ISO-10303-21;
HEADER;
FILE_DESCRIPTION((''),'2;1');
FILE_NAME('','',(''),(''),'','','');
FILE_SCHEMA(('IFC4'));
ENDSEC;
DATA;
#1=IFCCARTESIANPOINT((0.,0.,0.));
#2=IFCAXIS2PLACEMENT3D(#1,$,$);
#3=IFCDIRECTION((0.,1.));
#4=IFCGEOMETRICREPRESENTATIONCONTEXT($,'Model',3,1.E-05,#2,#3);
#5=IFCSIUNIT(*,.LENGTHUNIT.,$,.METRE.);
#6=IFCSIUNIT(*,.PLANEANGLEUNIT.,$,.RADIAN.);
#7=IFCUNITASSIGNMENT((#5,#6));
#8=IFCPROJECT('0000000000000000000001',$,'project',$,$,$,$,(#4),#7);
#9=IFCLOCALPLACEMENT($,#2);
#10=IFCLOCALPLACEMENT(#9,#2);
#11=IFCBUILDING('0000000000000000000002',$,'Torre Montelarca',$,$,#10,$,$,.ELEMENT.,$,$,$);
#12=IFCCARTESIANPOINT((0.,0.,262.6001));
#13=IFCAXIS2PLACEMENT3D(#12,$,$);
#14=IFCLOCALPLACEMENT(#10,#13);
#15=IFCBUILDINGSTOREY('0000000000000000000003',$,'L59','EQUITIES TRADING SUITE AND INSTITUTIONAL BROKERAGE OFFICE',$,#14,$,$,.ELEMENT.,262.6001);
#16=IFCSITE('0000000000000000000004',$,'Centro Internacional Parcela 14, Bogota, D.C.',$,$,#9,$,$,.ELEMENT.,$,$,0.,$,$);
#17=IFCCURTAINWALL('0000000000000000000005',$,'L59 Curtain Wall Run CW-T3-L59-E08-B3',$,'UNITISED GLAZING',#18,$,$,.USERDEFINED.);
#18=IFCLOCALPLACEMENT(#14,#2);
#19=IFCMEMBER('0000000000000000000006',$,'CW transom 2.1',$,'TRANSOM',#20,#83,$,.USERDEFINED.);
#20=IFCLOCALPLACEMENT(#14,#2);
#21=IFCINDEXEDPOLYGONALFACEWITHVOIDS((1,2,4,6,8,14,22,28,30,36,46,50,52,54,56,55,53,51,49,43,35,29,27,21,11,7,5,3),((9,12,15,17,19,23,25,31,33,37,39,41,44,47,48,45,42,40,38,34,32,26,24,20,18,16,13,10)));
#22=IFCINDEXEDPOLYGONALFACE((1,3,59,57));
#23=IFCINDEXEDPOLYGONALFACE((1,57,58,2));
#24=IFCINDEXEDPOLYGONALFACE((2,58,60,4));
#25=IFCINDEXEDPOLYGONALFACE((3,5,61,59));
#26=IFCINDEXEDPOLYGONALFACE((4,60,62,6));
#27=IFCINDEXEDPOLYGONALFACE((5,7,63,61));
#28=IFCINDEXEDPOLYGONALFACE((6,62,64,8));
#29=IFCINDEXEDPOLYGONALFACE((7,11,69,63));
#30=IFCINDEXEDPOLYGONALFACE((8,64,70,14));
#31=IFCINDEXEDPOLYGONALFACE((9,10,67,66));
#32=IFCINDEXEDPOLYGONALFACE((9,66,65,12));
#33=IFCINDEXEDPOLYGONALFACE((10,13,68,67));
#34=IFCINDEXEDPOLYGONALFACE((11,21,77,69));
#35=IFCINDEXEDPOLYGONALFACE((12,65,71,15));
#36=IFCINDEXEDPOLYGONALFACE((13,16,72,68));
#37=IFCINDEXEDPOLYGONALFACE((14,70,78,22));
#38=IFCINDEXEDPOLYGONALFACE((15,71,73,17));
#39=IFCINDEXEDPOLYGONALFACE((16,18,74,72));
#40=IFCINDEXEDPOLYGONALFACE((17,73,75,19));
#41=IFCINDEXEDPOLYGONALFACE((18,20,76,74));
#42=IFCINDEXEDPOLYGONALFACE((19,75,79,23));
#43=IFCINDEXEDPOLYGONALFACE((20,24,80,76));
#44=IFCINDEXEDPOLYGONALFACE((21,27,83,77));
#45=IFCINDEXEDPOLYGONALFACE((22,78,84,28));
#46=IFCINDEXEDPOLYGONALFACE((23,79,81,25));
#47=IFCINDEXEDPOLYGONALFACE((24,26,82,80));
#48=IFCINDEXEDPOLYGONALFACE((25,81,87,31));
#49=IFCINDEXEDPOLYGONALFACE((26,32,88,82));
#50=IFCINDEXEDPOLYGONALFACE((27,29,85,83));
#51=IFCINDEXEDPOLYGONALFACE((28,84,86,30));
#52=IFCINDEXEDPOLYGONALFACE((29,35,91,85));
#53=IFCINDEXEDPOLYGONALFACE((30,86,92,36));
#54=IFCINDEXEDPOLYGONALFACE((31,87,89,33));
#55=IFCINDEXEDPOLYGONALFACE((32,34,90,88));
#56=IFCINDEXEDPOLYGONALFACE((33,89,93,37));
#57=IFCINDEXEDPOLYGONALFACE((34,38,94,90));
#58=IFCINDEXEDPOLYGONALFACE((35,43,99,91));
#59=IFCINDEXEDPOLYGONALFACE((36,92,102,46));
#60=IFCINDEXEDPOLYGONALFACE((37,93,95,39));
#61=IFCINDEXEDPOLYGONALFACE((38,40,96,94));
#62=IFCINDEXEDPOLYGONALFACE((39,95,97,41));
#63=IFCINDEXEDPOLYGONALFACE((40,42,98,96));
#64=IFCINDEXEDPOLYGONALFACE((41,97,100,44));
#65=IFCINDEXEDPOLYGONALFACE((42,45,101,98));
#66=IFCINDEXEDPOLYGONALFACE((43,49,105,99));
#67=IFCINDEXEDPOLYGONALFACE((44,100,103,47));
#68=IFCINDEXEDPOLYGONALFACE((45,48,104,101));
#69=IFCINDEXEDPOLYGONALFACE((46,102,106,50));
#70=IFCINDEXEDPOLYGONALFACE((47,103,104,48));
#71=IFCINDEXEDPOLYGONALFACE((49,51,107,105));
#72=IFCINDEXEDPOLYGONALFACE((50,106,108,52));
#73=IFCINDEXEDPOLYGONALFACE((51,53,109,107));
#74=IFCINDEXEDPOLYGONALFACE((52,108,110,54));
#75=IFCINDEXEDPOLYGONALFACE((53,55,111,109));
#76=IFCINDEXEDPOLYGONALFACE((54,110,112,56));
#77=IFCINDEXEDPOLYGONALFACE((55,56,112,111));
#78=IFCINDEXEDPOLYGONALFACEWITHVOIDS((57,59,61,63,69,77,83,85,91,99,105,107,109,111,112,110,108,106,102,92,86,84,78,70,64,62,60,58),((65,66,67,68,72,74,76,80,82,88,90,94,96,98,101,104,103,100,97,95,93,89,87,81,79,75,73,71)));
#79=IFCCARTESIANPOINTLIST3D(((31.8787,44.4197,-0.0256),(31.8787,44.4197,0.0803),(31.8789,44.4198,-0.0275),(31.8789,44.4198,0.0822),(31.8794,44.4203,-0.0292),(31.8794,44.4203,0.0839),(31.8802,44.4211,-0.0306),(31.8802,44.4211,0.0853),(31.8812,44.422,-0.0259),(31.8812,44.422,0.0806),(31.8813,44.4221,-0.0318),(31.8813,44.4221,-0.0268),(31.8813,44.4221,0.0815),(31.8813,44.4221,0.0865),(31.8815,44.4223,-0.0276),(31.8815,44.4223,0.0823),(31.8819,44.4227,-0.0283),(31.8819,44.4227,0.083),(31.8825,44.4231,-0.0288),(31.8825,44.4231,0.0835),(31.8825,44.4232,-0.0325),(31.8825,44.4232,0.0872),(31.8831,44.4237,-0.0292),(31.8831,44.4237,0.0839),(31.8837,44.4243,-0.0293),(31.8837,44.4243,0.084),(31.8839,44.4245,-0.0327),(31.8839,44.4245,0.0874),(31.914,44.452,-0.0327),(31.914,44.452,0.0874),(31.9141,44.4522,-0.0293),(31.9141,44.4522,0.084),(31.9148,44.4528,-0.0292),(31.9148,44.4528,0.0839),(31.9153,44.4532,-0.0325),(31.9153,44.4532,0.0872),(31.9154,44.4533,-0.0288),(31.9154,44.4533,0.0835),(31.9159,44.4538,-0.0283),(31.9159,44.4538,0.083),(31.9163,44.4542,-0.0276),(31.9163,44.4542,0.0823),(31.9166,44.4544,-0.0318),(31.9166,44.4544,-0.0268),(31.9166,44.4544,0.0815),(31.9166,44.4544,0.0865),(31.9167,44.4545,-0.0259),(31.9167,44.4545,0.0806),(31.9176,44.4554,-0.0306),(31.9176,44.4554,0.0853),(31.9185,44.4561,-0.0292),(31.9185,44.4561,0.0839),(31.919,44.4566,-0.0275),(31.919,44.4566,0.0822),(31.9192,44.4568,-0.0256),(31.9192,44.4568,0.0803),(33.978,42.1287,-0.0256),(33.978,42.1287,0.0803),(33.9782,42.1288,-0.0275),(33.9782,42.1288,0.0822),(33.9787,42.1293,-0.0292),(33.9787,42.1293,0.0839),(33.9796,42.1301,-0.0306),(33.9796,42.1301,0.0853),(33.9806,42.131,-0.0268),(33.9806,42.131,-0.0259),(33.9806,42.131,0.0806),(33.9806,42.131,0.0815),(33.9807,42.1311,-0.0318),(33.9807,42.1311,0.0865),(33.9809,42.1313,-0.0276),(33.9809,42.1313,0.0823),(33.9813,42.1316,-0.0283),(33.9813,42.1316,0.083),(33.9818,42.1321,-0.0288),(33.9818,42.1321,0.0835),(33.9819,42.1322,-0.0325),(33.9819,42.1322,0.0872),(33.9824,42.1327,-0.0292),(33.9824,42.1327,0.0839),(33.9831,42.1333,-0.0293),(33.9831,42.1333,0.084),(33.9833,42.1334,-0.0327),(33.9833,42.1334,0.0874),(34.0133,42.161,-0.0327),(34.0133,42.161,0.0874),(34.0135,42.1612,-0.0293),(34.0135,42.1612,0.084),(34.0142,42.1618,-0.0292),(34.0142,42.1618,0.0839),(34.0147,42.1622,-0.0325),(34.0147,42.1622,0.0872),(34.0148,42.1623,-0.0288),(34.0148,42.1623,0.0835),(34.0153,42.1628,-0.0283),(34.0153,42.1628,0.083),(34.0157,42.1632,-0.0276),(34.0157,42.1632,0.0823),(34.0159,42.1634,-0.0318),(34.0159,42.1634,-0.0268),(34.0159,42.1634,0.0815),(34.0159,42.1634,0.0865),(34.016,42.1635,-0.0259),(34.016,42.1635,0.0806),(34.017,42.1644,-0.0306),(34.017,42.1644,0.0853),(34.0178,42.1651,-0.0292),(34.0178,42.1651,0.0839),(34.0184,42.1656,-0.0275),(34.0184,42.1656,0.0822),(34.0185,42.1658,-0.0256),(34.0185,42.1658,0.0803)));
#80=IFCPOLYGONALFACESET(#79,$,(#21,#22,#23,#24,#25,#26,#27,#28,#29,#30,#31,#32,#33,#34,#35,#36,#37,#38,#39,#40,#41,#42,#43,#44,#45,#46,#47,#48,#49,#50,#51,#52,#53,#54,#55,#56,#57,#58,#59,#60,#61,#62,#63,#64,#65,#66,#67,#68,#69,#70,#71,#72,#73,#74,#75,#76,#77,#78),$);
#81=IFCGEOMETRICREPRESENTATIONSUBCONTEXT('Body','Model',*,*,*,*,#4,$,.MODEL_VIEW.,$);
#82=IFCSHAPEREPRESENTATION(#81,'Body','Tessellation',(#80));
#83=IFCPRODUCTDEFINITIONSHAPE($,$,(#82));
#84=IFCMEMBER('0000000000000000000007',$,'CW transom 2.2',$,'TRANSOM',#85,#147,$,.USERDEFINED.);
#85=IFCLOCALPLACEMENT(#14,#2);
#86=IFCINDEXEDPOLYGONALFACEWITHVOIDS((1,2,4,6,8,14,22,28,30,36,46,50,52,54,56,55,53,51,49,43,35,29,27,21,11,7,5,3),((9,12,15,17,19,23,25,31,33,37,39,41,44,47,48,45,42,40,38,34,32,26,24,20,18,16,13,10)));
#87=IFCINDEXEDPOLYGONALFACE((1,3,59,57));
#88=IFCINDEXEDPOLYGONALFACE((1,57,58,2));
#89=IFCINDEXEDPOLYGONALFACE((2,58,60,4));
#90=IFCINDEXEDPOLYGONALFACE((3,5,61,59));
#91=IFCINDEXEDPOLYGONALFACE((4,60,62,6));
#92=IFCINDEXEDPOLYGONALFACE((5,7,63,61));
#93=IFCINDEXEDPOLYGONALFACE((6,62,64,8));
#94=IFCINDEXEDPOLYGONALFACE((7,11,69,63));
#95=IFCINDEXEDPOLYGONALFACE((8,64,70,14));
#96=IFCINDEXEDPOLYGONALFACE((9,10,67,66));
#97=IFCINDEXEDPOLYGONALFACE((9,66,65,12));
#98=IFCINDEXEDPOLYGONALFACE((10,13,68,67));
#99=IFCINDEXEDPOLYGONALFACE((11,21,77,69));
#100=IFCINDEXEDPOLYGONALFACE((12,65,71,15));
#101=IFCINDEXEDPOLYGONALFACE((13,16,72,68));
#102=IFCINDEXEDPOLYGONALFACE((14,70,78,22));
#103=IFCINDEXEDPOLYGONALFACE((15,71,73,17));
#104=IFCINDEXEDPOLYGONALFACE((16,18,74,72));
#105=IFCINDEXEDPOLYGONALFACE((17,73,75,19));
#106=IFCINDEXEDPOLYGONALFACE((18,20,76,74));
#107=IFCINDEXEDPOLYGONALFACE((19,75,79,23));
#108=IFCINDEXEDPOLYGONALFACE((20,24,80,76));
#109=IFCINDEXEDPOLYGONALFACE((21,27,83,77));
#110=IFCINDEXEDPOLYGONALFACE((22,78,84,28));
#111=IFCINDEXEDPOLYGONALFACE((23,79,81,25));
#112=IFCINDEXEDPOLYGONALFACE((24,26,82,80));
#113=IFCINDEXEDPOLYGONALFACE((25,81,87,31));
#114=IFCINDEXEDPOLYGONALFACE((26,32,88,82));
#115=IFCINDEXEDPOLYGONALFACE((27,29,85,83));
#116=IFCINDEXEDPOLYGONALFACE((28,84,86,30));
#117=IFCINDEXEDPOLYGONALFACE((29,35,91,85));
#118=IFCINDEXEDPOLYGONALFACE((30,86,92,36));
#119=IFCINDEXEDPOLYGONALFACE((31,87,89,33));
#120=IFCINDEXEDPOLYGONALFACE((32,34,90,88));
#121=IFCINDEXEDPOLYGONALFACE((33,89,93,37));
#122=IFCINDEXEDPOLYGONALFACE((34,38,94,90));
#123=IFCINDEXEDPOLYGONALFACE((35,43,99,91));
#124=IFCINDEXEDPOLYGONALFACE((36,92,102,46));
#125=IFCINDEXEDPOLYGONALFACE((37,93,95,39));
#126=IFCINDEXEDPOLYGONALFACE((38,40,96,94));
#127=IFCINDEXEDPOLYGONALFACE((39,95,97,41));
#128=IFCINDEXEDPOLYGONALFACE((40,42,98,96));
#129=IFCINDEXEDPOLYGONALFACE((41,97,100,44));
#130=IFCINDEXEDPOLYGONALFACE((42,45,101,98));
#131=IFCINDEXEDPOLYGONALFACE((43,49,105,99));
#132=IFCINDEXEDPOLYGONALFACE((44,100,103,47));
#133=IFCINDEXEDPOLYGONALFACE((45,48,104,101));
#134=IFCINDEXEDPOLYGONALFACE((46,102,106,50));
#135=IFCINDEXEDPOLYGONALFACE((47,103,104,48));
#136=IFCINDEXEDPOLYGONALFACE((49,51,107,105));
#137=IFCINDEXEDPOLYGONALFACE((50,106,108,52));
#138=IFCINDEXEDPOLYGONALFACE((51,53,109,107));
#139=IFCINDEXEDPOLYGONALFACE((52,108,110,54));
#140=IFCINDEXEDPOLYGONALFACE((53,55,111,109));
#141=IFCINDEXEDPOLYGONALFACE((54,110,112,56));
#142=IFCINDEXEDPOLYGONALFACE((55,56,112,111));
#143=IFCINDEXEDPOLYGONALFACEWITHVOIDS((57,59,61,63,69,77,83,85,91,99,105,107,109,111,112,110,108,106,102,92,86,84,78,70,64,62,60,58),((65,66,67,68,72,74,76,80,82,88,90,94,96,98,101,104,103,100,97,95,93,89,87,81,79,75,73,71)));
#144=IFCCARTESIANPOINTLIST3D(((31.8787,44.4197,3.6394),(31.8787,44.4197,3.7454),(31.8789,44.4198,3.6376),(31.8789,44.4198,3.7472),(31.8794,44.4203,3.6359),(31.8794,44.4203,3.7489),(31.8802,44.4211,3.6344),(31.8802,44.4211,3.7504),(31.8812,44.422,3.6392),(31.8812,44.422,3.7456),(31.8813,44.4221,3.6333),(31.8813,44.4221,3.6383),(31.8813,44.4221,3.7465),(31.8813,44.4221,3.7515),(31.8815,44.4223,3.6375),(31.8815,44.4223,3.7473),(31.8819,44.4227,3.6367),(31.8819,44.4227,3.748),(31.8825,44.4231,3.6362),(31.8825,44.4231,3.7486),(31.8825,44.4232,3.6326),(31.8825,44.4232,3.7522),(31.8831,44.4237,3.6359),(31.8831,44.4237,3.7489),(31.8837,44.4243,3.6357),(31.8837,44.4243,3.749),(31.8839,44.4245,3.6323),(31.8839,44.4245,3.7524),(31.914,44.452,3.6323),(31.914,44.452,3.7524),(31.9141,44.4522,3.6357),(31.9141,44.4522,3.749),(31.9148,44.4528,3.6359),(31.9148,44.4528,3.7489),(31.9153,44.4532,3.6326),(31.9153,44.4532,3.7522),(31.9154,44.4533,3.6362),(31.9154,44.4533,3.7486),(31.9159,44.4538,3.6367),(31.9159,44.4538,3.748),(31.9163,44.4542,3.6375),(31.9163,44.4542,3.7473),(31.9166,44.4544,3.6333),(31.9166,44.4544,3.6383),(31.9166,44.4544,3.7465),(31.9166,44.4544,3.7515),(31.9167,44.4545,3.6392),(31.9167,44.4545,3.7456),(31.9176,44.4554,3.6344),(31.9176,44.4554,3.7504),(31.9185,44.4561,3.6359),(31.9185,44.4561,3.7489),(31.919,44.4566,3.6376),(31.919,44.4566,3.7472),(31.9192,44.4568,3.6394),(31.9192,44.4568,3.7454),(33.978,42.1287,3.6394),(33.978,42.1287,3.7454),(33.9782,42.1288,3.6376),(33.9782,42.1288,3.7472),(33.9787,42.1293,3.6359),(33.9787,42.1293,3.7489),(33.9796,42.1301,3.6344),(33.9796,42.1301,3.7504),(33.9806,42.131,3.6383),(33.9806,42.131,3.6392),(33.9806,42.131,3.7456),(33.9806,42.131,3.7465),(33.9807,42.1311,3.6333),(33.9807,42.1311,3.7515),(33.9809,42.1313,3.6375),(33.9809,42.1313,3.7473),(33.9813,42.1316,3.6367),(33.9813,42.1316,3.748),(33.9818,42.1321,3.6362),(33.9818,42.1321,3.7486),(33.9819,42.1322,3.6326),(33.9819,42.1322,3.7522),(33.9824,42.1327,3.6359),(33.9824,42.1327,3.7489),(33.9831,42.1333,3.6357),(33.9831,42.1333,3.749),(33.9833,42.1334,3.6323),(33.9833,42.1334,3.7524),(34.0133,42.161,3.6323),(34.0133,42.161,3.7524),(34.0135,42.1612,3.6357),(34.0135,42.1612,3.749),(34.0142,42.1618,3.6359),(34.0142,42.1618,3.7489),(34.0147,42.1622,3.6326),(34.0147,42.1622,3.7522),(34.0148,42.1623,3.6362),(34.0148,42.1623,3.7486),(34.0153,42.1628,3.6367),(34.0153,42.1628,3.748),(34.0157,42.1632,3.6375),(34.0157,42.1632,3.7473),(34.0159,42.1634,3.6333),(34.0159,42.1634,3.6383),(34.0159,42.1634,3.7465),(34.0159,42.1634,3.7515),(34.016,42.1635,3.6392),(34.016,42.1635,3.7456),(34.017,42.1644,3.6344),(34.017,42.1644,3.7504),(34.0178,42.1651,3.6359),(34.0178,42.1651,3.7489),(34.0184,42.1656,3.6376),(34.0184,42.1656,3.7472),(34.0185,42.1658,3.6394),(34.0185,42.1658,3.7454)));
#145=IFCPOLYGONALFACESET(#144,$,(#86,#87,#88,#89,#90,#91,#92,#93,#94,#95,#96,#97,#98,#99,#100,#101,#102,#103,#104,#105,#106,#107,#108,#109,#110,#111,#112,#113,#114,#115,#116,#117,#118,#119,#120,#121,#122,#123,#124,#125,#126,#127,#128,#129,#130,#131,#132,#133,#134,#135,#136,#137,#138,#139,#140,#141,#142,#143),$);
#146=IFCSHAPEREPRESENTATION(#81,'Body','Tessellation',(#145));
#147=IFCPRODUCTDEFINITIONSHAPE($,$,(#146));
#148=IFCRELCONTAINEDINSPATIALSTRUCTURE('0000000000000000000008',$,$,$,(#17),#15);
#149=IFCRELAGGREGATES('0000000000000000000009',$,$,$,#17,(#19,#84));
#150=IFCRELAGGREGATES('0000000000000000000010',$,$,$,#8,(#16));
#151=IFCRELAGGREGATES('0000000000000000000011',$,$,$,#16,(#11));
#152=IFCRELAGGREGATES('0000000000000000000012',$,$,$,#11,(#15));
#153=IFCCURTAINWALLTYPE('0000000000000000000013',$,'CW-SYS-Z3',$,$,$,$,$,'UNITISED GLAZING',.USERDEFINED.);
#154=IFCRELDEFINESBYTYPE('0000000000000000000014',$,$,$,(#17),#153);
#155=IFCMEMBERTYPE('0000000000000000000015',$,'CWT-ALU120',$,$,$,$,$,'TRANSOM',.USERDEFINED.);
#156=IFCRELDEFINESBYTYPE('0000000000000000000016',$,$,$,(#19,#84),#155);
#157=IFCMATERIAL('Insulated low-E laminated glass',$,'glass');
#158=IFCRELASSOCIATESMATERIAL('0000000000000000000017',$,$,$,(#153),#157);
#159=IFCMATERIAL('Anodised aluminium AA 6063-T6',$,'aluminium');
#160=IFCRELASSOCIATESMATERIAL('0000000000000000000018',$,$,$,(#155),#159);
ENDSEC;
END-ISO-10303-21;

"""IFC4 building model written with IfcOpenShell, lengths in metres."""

from ifc_helpers import new_model, si_unit, direction, frame, origin, origin_2d, place, context, subcontext, project, spatial, hollow_rectangle, extrude, source, transform, mapped, material, material_profile, profile_set, type_object, element, aggregate, save


model = new_model("IFC4")

# Units and contexts
model_context = context("Model", 3, precision=1e-05, world=origin(), true_north=direction((0.0, 1.0)))
body_context = subcontext(model_context, "Body", "Model", "MODEL_VIEW")
ifc_project = project(units=[si_unit("LENGTHUNIT", "METRE"), si_unit("PLANEANGLEUNIT", "RADIAN")], contexts=[model_context])

# Site, building, storey
site_placement = place(None, origin())
site = spatial("IfcSite", under=ifc_project, at=site_placement, Name="Centro Internacional Parcela 14, Bogota, D.C.", CompositionType="ELEMENT", RefElevation=0.0)
building_placement = place(site_placement, origin())
building = spatial("IfcBuilding", under=site, at=building_placement, Name="Torre Montelarca", CompositionType="ELEMENT")
storey_placement = place(building_placement, frame((0.0, 0.0, 262.6001)))
storey = spatial("IfcBuildingStorey", under=building, at=storey_placement, Name="L59", Description="EQUITIES TRADING SUITE AND INSTITUTIONAL BROKERAGE OFFICE", CompositionType="ELEMENT", Elevation=262.6001)

# Shared definitions
ifc_material_1 = material(Name="Insulated low-E laminated glass", Category="glass")
curtain_wall_type = type_object("IfcCurtainWallType", Name="CW-SYS-Z3", ElementType="UNITISED GLAZING", PredefinedType="USERDEFINED", material=ifc_material_1)
ifc_material_2 = material(Name="Anodised aluminium AA 6063-T6", Category="aluminium")

# Curtain wall
curtain_wall_1_placement = place(storey_placement, origin())
curtain_wall_1 = element("IfcCurtainWall", 1, at=curtain_wall_1_placement, inside=storey, type_object=curtain_wall_type, Name="L59 Curtain Wall Run CW-T3-L59-E08-B3", ObjectType="UNITISED GLAZING", PredefinedType="USERDEFINED")

# Members
ifc_material_profile_1 = material_profile(ifc_material_2, hollow_rectangle(XDim=0.0549, YDim=0.1201, WallThickness=0.0034, InnerFilletRadius=0.0034, OuterFilletRadius=0.0071, at=origin_2d()), Name="ALU55X120X3.5", Category="aluminium")
ifc_profile_set_1 = profile_set([ifc_material_profile_1], Name="Anodised aluminium AA 6063-T6")
member_type_1 = type_object("IfcMemberType", Name="CWT-ALU120", ElementType="TRANSOM", PredefinedType="USERDEFINED", material=ifc_profile_set_1)
shared_shape_1 = source(origin(), body_context, "Body", "SweptSolid", [
    extrude(hollow_rectangle(XDim=0.0549, YDim=0.1201, WallThickness=0.0034, InnerFilletRadius=0.0034, OuterFilletRadius=0.0071, at=origin_2d()), origin(), (0.0, 0.0, 1.0), 3.1074),
])
member_1_placement = place(storey_placement, frame((33.9983, 42.1472, 0.0273), z_axis=(-0.675597, 0.737272, 0.0), x_axis=(-0.737272, -0.675597, 0.0)))
member_1 = element("IfcMember", 2, at=member_1_placement, type_object=member_type_1, Name="CW transom 2.1", ObjectType="TRANSOM", PredefinedType="USERDEFINED", context=body_context, shape_type="MappedRepresentation", body=[
    mapped(shared_shape_1, transform((0.0, 0.0, 0.0), scale=1.0)),
])
member_2_placement = place(storey_placement, frame((33.9983, 42.1472, 3.6924), z_axis=(-0.675597, 0.737272, 0.0), x_axis=(-0.737272, -0.675597, 0.0)))
member_2 = element("IfcMember", 3, at=member_2_placement, type_object=member_type_1, Name="CW transom 2.2", ObjectType="TRANSOM", PredefinedType="USERDEFINED", context=body_context, shape_type="MappedRepresentation", body=[
    mapped(shared_shape_1, transform((0.0, 0.0, 0.0), scale=1.0)),
])

aggregate(curtain_wall_1, [member_1, member_2])

save(model, "model.ifc")
